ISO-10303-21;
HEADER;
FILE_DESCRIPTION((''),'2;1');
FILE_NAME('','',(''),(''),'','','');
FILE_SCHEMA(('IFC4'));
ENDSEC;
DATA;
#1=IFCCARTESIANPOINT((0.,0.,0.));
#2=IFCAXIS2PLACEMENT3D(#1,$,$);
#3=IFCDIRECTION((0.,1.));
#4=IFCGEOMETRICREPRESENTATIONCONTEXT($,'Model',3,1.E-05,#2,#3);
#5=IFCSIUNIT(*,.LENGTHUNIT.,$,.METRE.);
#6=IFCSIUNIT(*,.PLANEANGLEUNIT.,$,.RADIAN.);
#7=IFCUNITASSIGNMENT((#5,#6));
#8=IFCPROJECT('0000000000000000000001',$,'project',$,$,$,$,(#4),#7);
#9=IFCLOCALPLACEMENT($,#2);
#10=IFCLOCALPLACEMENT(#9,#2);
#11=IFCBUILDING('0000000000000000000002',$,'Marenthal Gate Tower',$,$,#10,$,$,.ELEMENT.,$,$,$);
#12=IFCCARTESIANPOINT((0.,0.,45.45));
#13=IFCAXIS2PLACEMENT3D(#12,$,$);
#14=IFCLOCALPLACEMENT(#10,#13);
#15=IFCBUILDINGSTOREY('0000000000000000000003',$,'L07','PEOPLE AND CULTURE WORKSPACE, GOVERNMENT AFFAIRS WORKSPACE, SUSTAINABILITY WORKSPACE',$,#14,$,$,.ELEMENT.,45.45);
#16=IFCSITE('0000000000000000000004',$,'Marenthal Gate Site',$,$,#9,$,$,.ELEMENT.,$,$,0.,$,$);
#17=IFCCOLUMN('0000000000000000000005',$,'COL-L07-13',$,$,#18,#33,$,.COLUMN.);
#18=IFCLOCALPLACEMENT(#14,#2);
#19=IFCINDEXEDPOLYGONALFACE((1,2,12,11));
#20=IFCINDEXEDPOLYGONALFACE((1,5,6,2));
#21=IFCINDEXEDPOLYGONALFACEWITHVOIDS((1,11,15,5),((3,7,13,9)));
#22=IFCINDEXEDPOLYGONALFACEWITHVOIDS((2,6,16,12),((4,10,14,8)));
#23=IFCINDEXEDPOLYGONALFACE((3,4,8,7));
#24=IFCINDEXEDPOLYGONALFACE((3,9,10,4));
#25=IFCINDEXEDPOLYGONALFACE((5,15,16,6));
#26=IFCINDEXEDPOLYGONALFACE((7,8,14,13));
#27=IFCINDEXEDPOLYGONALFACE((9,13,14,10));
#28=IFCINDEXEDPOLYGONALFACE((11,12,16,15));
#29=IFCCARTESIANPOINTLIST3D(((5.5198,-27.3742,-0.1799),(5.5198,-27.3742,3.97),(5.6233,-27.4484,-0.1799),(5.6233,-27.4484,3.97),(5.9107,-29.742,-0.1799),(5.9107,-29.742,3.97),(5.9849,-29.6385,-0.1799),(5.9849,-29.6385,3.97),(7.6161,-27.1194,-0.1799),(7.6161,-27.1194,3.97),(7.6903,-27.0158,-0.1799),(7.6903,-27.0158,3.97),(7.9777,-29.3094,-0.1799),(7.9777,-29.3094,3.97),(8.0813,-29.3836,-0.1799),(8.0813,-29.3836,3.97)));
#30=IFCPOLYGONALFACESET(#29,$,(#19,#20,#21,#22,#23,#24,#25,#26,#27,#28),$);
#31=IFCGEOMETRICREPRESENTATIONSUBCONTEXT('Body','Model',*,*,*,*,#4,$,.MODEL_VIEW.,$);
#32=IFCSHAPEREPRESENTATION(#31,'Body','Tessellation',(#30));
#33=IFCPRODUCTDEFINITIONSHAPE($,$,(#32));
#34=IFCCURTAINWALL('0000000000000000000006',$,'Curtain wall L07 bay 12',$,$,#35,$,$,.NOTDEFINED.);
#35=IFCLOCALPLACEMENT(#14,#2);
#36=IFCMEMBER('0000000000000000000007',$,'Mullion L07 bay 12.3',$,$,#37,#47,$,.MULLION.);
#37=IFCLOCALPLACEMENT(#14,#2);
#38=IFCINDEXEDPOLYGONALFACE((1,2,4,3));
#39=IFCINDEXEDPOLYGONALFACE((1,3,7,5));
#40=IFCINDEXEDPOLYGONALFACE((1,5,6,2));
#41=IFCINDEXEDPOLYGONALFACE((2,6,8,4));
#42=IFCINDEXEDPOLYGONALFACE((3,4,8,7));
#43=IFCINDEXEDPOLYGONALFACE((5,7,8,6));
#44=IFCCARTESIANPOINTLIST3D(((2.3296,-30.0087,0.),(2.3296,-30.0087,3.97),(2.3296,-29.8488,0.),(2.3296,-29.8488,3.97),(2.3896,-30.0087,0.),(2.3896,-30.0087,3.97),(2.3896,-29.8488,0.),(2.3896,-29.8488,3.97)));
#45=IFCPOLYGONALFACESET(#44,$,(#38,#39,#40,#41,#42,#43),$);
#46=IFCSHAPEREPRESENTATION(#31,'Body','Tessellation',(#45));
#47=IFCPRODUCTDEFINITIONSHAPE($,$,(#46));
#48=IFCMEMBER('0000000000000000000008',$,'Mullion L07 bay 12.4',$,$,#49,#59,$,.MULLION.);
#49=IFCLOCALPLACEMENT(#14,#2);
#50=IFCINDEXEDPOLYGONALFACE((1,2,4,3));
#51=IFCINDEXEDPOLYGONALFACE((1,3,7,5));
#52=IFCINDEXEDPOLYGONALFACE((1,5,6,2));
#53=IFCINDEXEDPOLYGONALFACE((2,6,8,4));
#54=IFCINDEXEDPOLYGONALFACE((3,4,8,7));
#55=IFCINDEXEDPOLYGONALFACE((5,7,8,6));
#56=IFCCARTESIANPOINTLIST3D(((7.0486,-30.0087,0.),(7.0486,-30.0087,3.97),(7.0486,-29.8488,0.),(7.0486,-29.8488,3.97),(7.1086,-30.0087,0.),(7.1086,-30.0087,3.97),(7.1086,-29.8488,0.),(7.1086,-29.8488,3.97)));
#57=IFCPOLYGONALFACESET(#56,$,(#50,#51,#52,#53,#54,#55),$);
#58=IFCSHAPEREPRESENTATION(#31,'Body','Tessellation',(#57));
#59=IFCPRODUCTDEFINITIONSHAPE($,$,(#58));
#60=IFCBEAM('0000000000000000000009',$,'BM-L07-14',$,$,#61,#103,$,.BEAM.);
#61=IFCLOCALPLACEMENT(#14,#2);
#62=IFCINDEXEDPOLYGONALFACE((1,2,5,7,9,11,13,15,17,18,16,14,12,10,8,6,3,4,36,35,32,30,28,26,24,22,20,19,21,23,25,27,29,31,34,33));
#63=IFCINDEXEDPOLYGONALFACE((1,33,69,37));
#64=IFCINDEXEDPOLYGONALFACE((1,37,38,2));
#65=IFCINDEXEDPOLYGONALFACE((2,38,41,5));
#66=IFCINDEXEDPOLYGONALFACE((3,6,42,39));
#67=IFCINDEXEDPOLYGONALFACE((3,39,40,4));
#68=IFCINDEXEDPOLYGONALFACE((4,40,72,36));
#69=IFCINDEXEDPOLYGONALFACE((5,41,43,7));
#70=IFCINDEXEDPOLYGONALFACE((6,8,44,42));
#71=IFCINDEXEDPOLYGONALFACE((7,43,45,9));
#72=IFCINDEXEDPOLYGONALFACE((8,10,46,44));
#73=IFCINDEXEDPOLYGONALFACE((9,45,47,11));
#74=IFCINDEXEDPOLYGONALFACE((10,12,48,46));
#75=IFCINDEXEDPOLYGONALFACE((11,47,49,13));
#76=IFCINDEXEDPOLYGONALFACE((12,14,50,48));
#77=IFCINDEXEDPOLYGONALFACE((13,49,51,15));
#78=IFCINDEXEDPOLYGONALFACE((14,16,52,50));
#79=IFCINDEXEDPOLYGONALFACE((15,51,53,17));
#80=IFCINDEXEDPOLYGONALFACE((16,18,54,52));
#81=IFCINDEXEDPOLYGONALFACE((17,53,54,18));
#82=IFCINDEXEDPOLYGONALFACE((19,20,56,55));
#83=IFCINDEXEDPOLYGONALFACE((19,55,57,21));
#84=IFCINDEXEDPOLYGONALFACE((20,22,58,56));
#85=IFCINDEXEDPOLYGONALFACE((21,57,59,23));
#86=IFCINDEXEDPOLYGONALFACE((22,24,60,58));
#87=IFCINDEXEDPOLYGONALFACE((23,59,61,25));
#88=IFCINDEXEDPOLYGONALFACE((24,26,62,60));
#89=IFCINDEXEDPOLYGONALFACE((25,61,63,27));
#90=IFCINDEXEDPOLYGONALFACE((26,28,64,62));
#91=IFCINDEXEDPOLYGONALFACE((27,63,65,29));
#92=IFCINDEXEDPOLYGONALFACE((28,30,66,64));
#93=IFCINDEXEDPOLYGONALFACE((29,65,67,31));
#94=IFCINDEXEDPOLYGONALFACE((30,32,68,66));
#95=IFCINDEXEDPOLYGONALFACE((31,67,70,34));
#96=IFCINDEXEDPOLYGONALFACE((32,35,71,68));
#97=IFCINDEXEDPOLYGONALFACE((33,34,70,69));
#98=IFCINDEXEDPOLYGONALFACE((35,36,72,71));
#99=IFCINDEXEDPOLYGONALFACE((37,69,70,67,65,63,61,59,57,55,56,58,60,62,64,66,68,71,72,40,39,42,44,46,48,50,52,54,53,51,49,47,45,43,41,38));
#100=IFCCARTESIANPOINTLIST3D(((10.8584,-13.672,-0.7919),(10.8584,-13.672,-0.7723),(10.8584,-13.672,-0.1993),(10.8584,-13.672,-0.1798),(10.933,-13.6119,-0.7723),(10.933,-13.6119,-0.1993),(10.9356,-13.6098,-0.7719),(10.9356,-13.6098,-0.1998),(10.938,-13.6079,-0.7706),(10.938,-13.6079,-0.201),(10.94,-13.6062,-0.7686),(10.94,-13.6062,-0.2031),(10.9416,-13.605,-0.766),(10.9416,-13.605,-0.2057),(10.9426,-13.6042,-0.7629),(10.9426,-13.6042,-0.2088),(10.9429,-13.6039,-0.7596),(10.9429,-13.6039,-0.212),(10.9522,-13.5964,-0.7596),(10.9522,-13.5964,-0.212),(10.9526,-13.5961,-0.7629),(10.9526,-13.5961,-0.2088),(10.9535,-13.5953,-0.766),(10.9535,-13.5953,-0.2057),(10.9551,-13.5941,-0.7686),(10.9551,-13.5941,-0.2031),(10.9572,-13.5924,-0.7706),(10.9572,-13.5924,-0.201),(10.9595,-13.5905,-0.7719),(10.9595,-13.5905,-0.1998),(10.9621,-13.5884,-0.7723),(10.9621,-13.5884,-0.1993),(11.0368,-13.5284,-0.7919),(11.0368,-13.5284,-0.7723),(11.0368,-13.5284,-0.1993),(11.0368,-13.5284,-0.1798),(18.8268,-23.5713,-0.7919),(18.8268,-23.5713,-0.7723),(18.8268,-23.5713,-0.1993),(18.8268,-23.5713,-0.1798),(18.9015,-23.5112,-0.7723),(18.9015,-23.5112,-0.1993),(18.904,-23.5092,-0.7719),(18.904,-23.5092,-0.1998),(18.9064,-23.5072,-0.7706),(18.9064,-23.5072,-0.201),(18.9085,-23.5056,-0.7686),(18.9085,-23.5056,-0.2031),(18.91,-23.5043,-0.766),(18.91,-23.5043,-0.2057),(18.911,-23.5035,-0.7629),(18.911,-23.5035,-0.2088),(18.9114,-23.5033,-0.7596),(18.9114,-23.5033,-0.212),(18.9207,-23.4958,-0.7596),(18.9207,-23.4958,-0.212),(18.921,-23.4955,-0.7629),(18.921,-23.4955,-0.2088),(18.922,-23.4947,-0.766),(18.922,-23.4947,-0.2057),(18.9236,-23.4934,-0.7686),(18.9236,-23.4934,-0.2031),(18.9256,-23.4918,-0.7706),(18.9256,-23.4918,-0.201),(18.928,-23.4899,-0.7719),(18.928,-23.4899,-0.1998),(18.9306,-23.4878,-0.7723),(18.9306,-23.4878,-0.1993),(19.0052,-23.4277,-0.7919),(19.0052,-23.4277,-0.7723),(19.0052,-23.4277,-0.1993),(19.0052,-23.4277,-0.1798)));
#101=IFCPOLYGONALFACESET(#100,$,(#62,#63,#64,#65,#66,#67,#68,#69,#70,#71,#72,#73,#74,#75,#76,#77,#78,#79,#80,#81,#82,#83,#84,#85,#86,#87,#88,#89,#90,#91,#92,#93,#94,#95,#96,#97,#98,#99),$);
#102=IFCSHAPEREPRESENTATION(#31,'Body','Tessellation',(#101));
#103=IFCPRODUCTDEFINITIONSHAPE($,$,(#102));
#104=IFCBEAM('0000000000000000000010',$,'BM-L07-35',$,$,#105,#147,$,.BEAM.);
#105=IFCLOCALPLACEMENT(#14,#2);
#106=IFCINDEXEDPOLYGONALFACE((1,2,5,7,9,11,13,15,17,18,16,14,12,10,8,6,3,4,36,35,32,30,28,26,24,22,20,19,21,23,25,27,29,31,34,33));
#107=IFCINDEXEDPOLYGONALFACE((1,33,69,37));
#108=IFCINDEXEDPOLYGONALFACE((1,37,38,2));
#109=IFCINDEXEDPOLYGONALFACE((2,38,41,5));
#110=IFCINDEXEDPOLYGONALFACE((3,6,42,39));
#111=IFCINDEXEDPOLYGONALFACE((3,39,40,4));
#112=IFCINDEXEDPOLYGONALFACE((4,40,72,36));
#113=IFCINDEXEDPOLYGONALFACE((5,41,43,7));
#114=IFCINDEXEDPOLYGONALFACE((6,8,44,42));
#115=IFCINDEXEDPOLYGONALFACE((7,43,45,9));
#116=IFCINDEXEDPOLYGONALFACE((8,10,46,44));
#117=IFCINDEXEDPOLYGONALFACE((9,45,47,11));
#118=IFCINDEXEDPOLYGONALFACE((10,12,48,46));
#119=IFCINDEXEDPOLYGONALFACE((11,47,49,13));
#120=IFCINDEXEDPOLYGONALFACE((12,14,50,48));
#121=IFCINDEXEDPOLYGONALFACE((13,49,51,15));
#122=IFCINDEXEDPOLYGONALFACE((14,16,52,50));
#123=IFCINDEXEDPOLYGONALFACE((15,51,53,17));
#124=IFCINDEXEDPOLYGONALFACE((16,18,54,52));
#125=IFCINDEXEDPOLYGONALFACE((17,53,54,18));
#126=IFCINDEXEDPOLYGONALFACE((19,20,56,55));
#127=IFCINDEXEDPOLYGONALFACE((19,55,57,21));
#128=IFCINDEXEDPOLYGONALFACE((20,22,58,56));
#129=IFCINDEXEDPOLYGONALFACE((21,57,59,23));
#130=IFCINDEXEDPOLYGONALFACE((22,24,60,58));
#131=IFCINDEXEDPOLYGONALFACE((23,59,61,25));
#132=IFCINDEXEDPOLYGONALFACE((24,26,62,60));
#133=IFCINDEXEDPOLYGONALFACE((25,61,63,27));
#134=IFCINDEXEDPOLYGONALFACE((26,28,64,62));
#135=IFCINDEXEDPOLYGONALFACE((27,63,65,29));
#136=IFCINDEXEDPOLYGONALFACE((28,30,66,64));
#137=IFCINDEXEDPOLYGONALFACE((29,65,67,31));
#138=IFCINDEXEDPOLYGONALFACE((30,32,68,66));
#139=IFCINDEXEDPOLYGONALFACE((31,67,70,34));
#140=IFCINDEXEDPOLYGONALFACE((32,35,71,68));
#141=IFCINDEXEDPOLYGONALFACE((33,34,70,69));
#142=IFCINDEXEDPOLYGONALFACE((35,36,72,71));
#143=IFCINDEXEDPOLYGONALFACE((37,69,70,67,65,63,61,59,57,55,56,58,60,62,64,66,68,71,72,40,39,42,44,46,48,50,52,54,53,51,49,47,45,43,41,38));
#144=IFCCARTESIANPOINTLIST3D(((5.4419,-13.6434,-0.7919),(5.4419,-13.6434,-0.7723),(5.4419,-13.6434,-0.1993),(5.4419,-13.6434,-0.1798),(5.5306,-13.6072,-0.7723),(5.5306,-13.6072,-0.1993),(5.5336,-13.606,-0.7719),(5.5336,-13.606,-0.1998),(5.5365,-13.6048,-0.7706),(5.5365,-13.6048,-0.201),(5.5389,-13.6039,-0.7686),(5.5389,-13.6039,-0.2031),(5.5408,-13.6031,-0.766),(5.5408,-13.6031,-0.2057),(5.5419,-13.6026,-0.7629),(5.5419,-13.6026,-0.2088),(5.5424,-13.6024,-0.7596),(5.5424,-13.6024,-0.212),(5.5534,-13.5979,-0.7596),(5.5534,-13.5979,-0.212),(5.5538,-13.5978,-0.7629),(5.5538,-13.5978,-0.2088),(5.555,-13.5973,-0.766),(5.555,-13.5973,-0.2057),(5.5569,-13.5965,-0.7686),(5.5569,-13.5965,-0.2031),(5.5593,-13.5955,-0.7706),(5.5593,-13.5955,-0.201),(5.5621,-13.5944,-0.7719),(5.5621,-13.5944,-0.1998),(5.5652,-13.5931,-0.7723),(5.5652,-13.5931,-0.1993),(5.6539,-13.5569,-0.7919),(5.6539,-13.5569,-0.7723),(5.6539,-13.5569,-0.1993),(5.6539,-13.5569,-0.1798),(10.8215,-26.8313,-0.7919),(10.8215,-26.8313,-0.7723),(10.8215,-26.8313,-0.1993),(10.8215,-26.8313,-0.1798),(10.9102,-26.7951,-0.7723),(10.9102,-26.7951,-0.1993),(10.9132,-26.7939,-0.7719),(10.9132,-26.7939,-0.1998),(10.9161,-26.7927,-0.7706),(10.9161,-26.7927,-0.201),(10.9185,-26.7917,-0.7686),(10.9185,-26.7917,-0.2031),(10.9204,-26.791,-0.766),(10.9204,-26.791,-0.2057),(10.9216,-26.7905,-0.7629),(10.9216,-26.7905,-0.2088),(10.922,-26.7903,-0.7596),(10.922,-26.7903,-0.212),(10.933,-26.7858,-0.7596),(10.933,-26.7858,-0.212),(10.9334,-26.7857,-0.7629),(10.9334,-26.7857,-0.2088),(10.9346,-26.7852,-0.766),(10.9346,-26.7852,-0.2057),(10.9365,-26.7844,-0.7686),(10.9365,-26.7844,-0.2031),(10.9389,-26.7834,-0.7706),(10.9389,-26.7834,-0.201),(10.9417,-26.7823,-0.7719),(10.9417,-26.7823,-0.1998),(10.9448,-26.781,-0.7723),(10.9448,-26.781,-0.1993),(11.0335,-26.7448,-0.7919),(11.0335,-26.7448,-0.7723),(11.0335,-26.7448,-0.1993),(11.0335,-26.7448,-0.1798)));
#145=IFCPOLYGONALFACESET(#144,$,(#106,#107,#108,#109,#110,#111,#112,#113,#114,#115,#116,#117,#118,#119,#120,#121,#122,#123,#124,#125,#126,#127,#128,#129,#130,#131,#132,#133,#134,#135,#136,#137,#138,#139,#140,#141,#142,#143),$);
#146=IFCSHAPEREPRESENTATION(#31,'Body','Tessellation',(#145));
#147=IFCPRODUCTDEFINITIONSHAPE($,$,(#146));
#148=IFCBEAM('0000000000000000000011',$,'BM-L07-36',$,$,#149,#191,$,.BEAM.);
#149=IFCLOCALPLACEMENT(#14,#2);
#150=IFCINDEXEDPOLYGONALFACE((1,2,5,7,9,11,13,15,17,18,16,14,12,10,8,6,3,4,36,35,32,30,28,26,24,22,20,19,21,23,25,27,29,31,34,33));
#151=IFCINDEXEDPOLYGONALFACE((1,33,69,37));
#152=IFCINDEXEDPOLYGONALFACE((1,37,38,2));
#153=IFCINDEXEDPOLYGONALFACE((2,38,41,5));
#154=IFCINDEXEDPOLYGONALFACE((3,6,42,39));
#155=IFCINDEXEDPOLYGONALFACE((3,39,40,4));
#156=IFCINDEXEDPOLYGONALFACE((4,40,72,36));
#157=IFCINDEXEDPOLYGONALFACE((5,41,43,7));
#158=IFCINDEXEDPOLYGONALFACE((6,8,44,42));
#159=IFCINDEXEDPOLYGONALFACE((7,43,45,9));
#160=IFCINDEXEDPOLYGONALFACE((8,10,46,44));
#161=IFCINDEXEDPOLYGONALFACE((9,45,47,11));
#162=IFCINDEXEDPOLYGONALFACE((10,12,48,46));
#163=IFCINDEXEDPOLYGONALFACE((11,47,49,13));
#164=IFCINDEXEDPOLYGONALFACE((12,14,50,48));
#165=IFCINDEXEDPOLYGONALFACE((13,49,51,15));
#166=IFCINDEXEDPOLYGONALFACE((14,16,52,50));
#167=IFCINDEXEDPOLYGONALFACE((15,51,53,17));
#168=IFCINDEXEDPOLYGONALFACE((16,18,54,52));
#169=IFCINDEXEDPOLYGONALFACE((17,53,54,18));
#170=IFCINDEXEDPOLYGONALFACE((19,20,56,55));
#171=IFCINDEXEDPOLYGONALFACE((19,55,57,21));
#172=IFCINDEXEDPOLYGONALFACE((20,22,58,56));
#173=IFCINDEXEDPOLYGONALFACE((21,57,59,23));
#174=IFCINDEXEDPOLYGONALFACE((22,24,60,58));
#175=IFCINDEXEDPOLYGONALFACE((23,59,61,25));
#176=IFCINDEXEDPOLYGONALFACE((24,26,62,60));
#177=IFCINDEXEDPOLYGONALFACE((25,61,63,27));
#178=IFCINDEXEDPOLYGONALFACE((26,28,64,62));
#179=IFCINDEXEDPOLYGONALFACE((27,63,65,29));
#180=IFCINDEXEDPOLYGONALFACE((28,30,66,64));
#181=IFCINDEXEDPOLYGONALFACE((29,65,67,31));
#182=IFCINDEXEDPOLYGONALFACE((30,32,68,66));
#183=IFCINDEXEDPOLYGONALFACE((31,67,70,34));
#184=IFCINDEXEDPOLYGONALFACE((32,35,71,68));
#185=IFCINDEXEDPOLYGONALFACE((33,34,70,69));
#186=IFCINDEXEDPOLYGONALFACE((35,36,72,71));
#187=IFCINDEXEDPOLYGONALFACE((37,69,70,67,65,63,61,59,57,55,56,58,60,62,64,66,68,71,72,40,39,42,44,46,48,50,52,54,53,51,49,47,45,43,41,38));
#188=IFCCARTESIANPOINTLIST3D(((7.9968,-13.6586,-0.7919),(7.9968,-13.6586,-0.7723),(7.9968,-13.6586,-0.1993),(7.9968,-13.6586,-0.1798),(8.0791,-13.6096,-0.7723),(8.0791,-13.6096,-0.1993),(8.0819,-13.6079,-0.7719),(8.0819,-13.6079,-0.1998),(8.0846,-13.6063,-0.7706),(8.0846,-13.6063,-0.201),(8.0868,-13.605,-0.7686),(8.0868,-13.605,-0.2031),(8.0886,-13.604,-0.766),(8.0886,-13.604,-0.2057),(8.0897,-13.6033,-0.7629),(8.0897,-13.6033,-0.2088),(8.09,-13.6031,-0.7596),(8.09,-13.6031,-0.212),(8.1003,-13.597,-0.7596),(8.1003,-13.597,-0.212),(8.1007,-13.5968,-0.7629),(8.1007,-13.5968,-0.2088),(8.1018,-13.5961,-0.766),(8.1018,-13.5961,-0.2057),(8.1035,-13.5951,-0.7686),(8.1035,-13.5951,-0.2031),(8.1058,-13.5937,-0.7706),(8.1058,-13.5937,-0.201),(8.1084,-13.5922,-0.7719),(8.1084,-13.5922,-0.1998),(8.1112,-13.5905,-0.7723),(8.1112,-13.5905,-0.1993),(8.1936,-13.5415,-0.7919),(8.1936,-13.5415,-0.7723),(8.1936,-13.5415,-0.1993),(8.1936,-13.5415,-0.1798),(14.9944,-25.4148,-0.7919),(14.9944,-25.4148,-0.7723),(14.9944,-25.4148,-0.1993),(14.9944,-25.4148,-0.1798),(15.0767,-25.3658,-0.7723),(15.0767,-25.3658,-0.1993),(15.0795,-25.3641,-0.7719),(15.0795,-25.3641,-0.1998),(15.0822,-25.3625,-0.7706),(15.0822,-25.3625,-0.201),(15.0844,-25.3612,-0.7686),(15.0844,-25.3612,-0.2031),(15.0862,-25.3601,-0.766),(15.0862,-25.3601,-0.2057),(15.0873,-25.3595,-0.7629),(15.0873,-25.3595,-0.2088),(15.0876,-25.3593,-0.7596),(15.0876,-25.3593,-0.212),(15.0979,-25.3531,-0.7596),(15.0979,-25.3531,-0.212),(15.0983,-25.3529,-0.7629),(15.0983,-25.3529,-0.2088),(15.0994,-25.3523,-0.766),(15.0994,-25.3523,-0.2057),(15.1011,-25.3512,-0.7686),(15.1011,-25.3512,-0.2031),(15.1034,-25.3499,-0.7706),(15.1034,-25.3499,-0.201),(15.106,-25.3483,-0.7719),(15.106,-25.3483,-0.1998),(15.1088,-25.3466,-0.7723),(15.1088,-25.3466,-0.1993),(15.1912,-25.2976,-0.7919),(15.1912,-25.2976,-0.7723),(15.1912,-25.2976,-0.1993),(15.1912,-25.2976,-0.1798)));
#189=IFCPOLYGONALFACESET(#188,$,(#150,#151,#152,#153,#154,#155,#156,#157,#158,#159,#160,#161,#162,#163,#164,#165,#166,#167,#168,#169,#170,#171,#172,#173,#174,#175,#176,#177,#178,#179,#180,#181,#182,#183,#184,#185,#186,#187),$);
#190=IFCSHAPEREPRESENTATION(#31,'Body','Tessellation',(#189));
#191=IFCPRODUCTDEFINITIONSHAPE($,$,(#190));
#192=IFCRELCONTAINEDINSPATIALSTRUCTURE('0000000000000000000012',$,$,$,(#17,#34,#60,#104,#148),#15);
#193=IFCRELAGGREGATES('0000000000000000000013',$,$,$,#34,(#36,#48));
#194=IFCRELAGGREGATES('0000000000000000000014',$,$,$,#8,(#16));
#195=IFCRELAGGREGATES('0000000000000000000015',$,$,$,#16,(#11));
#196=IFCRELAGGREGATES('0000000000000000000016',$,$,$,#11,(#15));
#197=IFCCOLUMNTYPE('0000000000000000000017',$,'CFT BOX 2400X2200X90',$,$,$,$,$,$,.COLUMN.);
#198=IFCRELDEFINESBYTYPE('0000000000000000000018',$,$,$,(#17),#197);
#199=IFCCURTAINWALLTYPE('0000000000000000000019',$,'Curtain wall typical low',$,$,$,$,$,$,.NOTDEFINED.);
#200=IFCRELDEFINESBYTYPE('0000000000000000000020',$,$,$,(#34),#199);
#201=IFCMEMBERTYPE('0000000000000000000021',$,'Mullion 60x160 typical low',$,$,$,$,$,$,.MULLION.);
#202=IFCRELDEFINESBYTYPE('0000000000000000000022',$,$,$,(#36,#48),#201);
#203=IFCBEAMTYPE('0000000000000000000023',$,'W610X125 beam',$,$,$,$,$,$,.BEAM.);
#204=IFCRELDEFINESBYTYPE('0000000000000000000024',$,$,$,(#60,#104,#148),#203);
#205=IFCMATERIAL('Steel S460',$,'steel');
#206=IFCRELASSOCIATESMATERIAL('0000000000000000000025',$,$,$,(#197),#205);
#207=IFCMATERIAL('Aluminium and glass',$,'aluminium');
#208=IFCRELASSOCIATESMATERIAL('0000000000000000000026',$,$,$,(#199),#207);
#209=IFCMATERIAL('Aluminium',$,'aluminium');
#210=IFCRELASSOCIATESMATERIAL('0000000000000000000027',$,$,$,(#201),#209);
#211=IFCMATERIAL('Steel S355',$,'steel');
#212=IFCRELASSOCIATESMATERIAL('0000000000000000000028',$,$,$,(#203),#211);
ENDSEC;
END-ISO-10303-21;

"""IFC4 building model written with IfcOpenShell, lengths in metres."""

from ifc_helpers import new_model, si_unit, direction, frame, origin, origin_2d, place, context, subcontext, project, spatial, rectangle, hollow_rectangle, i_section, extrude, material, material_profile, profile_set, type_object, element, aggregate, save


model = new_model("IFC4")

# Units and contexts
model_context = context("Model", 3, precision=1e-05, world=origin(), true_north=direction((0.0, 1.0)))
body_context = subcontext(model_context, "Body", "Model", "MODEL_VIEW")
ifc_project = project(units=[si_unit("LENGTHUNIT", "METRE"), si_unit("PLANEANGLEUNIT", "RADIAN")], contexts=[model_context])

# Site, building, storey
site_placement = place(None, origin())
site = spatial("IfcSite", under=ifc_project, at=site_placement, Name="Marenthal Gate Site", CompositionType="ELEMENT", RefElevation=0.0)
building_placement = place(site_placement, origin())
building = spatial("IfcBuilding", under=site, at=building_placement, Name="Marenthal Gate Tower", CompositionType="ELEMENT")
storey_placement = place(building_placement, frame((0.0, 0.0, 45.45)))
storey = spatial("IfcBuildingStorey", under=building, at=storey_placement, Name="L07", Description="PEOPLE AND CULTURE WORKSPACE, GOVERNMENT AFFAIRS WORKSPACE, SUSTAINABILITY WORKSPACE", CompositionType="ELEMENT", Elevation=45.45)

# Column
ifc_material_1 = material(Name="Steel S460", Category="steel")
ifc_material_profile_1 = material_profile(ifc_material_1, hollow_rectangle(XDim=2.2, YDim=2.3999, WallThickness=0.0901, at=origin_2d()), Name="CFT BOX 2400X2200X90")
ifc_material_2 = material(Name="Concrete 70 MPa", Category="concrete")
ifc_material_profile_2 = material_profile(ifc_material_2, rectangle(XDim=2.02, YDim=2.22, at=origin_2d()), Name="CFT BOX 2400X2200X90 INFILL")
ifc_profile_set_1 = profile_set([ifc_material_profile_1, ifc_material_profile_2], Name="Steel S460 shell, Concrete 70 MPa infill")
column_type = type_object("IfcColumnType", Name="CFT BOX 2400X2200X90", PredefinedType="COLUMN", material=ifc_profile_set_1)
column_placement = place(storey_placement, frame((6.8005, -28.3789, -0.1799), z_axis=(0.0, 0.0, 1.0), x_axis=(-0.986641, -0.162908, 0.0)))
element("IfcColumn", 1, at=column_placement, inside=storey, type_object=column_type, Name="COL-L07-13", PredefinedType="COLUMN", context=body_context, shape_type="SweptSolid", body=[
    extrude(hollow_rectangle(XDim=2.2, YDim=2.3999, WallThickness=0.0901, at=origin_2d()), origin(), (0.0, 0.0, 1.0), 4.1499),
])

# Curtain wall, members
ifc_material_3 = material(Name="Aluminium and glass", Category="aluminium")
curtain_wall_type = type_object("IfcCurtainWallType", Name="Curtain wall typical low", PredefinedType="NOTDEFINED", material=ifc_material_3)
curtain_wall_placement = place(storey_placement, origin())
curtain_wall = element("IfcCurtainWall", 2, at=curtain_wall_placement, inside=storey, type_object=curtain_wall_type, Name="Curtain wall L07 bay 12", PredefinedType="NOTDEFINED")
ifc_material_4 = material(Name="Aluminium", Category="aluminium")
ifc_material_profile_3 = material_profile(ifc_material_4, rectangle(XDim=0.1599, YDim=0.0601, at=origin_2d()), Name="60x160 aluminium mullion")
ifc_profile_set_2 = profile_set([ifc_material_profile_3], Name="Aluminium")
member_type = type_object("IfcMemberType", Name="Mullion 60x160 typical low", PredefinedType="MULLION", material=ifc_profile_set_2)
member_1_placement = place(storey_placement, frame((2.3596, -29.9287, 0.0), z_axis=(0.0, 0.0, 1.0), x_axis=(0.0, 1.0, 0.0)))
member_1 = element("IfcMember", 3, at=member_1_placement, type_object=member_type, Name="Mullion L07 bay 12.3", PredefinedType="MULLION", context=body_context, shape_type="SweptSolid", body=[
    extrude(rectangle(XDim=0.1599, YDim=0.0601, at=origin_2d()), origin(), (0.0, 0.0, 1.0), 3.97),
])
member_2_placement = place(storey_placement, frame((7.0786, -29.9287, 0.0), z_axis=(0.0, 0.0, 1.0), x_axis=(0.0, 1.0, 0.0)))
member_2 = element("IfcMember", 4, at=member_2_placement, type_object=member_type, Name="Mullion L07 bay 12.4", PredefinedType="MULLION", context=body_context, shape_type="SweptSolid", body=[
    extrude(rectangle(XDim=0.1599, YDim=0.0601, at=origin_2d()), origin(), (0.0, 0.0, 1.0), 3.97),
])

# Beams
ifc_material_5 = material(Name="Steel S355", Category="steel")
ifc_material_profile_4 = material_profile(ifc_material_5, i_section(OverallWidth=0.229, OverallDepth=0.6121, WebThickness=0.012, FlangeThickness=0.0195, FilletRadius=0.0127, at=origin_2d()), Name="W610X125")
ifc_profile_set_3 = profile_set([ifc_material_profile_4], Name="Steel S355")
beam_type_1 = type_object("IfcBeamType", Name="W610X125 beam", PredefinedType="BEAM", material=ifc_profile_set_3)
beam_1_placement = place(storey_placement, frame((18.916, -23.4995, -0.4858), z_axis=(-0.627042, 0.778985, 0.0), x_axis=(-0.778985, -0.627042, 0.0)))
element("IfcBeam", 5, at=beam_1_placement, inside=storey, type_object=beam_type_1, Name="BM-L07-14", PredefinedType="BEAM", context=body_context, shape_type="SweptSolid", body=[
    extrude(i_section(OverallWidth=0.229, OverallDepth=0.6121, WebThickness=0.012, FlangeThickness=0.0195, FilletRadius=0.0127, at=origin_2d()), origin(), (0.0, 0.0, 1.0), 12.708),
])
beam_2_placement = place(storey_placement, frame((10.9275, -26.7881, -0.4858), z_axis=(-0.377704, 0.925927, 0.0), x_axis=(-0.925927, -0.377704, 0.0)))
element("IfcBeam", 6, at=beam_2_placement, inside=storey, type_object=beam_type_1, Name="BM-L07-35", PredefinedType="BEAM", context=body_context, shape_type="SweptSolid", body=[
    extrude(i_section(OverallWidth=0.229, OverallDepth=0.6121, WebThickness=0.012, FlangeThickness=0.0195, FilletRadius=0.0127, at=origin_2d()), origin(), (0.0, 0.0, 1.0), 14.2429),
])
beam_3_placement = place(storey_placement, frame((15.0928, -25.3562, -0.4858), z_axis=(-0.511477, 0.859297, 0.0), x_axis=(-0.859297, -0.511477, 0.0)))
element("IfcBeam", 7, at=beam_3_placement, inside=storey, type_object=beam_type_1, Name="BM-L07-36", PredefinedType="BEAM", context=body_context, shape_type="SweptSolid", body=[
    extrude(i_section(OverallWidth=0.229, OverallDepth=0.6121, WebThickness=0.012, FlangeThickness=0.0195, FilletRadius=0.0127, at=origin_2d()), origin(), (0.0, 0.0, 1.0), 13.6812),
])

aggregate(curtain_wall, [member_1, member_2])

save(model, "model.ifc")
